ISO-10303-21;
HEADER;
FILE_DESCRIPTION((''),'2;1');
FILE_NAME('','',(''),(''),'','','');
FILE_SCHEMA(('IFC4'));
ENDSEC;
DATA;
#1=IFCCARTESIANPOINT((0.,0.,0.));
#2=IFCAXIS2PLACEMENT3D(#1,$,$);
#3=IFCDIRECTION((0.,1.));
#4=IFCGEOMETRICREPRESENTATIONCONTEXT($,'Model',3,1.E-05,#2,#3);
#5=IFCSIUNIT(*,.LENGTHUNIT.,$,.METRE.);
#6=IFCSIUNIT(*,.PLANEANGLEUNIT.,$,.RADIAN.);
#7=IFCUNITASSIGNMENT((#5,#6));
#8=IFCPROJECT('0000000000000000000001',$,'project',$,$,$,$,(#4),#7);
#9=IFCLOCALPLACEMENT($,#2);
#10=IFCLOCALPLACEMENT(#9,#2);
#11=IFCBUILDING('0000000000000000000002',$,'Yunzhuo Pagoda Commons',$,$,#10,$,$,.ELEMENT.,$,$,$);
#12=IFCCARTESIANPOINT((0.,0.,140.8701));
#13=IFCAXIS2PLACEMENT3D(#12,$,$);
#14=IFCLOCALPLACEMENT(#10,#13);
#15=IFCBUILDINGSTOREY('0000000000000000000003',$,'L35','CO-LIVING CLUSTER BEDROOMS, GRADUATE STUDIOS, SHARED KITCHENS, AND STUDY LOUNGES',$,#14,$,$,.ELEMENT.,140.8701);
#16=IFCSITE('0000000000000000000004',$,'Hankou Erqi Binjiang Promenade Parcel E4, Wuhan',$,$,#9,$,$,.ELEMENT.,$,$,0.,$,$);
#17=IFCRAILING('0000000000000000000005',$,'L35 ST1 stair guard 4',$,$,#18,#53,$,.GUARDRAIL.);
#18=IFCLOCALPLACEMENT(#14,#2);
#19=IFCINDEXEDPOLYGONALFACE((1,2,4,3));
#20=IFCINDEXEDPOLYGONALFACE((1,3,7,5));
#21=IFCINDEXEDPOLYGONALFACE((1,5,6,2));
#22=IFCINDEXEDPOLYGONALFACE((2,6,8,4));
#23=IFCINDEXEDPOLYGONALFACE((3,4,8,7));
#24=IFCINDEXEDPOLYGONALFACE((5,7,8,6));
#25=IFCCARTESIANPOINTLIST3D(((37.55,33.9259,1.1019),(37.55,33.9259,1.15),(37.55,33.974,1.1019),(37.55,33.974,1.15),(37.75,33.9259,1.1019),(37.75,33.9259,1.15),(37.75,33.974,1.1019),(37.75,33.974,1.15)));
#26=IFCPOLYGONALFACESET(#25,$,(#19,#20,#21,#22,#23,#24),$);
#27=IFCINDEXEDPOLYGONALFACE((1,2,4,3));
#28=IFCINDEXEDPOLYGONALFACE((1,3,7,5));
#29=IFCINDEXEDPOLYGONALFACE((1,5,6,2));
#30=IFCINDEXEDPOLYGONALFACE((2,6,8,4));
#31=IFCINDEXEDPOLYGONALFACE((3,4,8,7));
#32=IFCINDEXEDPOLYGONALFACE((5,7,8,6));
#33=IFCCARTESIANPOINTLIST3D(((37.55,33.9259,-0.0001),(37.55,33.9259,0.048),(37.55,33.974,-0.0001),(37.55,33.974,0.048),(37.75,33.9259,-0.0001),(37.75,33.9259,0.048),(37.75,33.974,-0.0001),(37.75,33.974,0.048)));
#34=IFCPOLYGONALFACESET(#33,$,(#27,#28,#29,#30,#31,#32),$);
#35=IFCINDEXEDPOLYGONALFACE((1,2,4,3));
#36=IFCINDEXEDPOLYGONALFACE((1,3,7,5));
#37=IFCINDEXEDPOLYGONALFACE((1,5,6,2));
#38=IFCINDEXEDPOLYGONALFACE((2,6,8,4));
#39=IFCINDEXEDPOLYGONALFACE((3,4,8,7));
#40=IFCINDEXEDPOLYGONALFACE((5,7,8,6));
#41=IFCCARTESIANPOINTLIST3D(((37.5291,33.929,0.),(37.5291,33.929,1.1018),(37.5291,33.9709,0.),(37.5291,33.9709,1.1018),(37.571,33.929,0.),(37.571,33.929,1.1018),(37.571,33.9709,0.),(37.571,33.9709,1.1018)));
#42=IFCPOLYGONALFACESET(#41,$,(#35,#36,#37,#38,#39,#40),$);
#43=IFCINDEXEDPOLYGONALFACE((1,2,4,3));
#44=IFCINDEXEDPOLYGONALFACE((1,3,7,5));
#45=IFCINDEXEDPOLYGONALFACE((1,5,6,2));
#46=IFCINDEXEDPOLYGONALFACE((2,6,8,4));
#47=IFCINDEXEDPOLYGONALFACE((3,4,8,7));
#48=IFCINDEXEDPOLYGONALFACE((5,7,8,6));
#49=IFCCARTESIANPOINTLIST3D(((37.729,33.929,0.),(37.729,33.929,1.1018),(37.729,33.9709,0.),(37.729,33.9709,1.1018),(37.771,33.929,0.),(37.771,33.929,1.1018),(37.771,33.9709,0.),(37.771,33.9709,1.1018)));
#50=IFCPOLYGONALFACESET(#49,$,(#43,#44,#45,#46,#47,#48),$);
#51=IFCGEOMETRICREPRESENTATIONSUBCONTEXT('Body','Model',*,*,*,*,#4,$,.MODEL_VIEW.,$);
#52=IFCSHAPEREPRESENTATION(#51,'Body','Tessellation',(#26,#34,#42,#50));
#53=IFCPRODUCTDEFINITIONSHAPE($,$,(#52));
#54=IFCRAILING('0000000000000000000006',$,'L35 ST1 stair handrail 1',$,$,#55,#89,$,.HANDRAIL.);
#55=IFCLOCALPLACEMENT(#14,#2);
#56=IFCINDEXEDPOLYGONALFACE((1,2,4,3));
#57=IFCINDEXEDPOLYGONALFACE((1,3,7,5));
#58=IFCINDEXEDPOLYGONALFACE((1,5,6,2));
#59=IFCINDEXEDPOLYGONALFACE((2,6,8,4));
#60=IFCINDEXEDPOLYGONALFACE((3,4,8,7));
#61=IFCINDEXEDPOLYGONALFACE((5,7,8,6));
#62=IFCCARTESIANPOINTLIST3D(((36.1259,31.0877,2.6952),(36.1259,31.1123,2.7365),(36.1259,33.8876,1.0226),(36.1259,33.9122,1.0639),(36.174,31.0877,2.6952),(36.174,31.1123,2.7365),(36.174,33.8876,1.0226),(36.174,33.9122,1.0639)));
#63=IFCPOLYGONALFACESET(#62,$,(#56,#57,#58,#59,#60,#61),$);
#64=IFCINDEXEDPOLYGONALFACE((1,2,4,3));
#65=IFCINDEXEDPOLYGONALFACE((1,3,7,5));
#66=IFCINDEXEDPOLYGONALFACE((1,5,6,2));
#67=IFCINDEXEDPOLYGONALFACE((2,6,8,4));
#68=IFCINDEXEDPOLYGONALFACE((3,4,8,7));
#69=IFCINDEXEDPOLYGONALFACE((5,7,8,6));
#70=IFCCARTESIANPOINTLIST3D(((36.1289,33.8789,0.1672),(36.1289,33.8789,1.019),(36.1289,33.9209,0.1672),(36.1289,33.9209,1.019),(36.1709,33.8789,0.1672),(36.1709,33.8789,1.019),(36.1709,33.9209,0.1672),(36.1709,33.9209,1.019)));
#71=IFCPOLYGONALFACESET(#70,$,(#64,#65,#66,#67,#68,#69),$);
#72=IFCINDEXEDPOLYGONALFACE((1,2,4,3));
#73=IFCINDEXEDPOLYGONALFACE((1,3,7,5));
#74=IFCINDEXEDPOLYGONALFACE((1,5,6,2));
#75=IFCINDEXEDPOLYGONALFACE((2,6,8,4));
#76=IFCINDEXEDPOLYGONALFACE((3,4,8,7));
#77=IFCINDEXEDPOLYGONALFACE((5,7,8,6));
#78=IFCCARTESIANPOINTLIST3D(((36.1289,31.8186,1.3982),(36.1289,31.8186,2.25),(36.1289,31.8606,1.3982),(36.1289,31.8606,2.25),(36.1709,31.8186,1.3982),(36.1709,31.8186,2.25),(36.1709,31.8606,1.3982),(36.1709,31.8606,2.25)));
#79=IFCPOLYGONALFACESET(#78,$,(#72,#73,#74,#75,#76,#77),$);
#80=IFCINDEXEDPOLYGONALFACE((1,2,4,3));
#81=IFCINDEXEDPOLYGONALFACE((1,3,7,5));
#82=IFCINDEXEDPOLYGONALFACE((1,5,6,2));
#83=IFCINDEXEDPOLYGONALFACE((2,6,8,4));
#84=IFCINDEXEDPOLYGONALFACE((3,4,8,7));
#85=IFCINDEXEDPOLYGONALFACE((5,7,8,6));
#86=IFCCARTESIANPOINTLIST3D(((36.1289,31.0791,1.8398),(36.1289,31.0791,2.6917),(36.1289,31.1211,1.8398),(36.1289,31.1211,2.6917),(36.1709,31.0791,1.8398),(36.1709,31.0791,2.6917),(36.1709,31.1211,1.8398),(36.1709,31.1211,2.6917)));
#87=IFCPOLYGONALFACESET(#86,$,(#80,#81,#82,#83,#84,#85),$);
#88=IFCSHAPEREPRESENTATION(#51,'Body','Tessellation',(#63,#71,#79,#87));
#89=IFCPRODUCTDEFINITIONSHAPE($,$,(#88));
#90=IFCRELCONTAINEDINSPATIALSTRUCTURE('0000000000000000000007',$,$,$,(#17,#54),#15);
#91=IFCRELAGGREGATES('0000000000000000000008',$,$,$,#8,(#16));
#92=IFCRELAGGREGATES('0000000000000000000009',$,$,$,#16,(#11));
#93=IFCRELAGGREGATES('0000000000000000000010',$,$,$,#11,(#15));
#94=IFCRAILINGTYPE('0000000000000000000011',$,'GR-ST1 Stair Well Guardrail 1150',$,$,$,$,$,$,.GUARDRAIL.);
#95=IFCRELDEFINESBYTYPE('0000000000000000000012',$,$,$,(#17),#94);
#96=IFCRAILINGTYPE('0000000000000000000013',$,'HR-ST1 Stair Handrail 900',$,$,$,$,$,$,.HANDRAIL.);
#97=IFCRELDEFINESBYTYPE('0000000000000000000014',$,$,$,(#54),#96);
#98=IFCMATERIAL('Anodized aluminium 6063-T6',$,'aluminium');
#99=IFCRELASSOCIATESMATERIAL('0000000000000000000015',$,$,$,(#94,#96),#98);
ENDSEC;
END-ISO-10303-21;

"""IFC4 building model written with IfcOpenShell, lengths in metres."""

from ifc_helpers import new_model, si_unit, direction, frame, origin, origin_2d, place, context, subcontext, project, spatial, rectangle, extrude, material, type_object, element, save


model = new_model("IFC4")

# Units and contexts
model_context = context("Model", 3, precision=1e-05, world=origin(), true_north=direction((0.0, 1.0)))
body_context = subcontext(model_context, "Body", "Model", "MODEL_VIEW")
ifc_project = project(units=[si_unit("LENGTHUNIT", "METRE"), si_unit("PLANEANGLEUNIT", "RADIAN")], contexts=[model_context])

# Site, building, storey
site_placement = place(None, origin())
site = spatial("IfcSite", under=ifc_project, at=site_placement, Name="Hankou Erqi Binjiang Promenade Parcel E4, Wuhan", CompositionType="ELEMENT", RefElevation=0.0)
building_placement = place(site_placement, origin())
building = spatial("IfcBuilding", under=site, at=building_placement, Name="Yunzhuo Pagoda Commons", CompositionType="ELEMENT")
storey_placement = place(building_placement, frame((0.0, 0.0, 140.8701)))
storey = spatial("IfcBuildingStorey", under=building, at=storey_placement, Name="L35", Description="CO-LIVING CLUSTER BEDROOMS, GRADUATE STUDIOS, SHARED KITCHENS, AND STUDY LOUNGES", CompositionType="ELEMENT", Elevation=140.8701)

# Railings
ifc_material_1 = material(Name="Anodized aluminium 6063-T6", Category="aluminium")
railing_type_1 = type_object("IfcRailingType", Name="GR-ST1 Stair Well Guardrail 1150", PredefinedType="GUARDRAIL", material=ifc_material_1)
railing_1_placement = place(storey_placement, frame((37.55, 33.95, 0.0)))
element("IfcRailing", 1, at=railing_1_placement, inside=storey, type_object=railing_type_1, Name="L35 ST1 stair guard 4", PredefinedType="GUARDRAIL", context=body_context, shape_type="SweptSolid", body=[
    extrude(rectangle(XDim=0.0481, YDim=0.0481, at=origin_2d()), frame((0.0, 0.0, 1.126), z_axis=(1.0, 0.0, 0.0), x_axis=(0.0, 1.0, 0.0)), (0.0, 0.0, 1.0), 0.2),
    extrude(rectangle(XDim=0.0481, YDim=0.0481, at=origin_2d()), frame((0.0, 0.0, 0.0239), z_axis=(1.0, 0.0, 0.0), x_axis=(0.0, 1.0, 0.0)), (0.0, 0.0, 1.0), 0.2),
    extrude(rectangle(XDim=0.042, YDim=0.042, at=origin_2d()), origin(), (0.0, 0.0, 1.0), 1.1018),
    extrude(rectangle(XDim=0.042, YDim=0.042, at=origin_2d()), frame((0.2, 0.0, 0.0)), (0.0, 0.0, 1.0), 1.1018),
])
railing_type_2 = type_object("IfcRailingType", Name="HR-ST1 Stair Handrail 900", PredefinedType="HANDRAIL", material=ifc_material_1)
railing_2_placement = place(storey_placement, frame((36.1499, 33.8999, 0.1672)))
element("IfcRailing", 2, at=railing_2_placement, inside=storey, type_object=railing_type_2, Name="L35 ST1 stair handrail 1", PredefinedType="HANDRAIL", context=body_context, shape_type="SweptSolid", body=[
    extrude(rectangle(XDim=0.0481, YDim=0.0481, at=origin_2d()), frame((0.0, 0.0, 0.876), z_axis=(0.0, -0.858476, 0.512855), x_axis=(1.0, 0.0, 0.0)), (0.0, 0.0, 1.0), 3.2615),
    extrude(rectangle(XDim=0.042, YDim=0.042, at=origin_2d()), origin(), (0.0, 0.0, 1.0), 0.8518),
    extrude(rectangle(XDim=0.042, YDim=0.042, at=origin_2d()), frame((0.0, -2.0603, 1.231)), (0.0, 0.0, 1.0), 0.8518),
    extrude(rectangle(XDim=0.042, YDim=0.042, at=origin_2d()), frame((0.0, -2.7998, 1.6726)), (0.0, 0.0, 1.0), 0.8518),
])

save(model, "model.ifc")
